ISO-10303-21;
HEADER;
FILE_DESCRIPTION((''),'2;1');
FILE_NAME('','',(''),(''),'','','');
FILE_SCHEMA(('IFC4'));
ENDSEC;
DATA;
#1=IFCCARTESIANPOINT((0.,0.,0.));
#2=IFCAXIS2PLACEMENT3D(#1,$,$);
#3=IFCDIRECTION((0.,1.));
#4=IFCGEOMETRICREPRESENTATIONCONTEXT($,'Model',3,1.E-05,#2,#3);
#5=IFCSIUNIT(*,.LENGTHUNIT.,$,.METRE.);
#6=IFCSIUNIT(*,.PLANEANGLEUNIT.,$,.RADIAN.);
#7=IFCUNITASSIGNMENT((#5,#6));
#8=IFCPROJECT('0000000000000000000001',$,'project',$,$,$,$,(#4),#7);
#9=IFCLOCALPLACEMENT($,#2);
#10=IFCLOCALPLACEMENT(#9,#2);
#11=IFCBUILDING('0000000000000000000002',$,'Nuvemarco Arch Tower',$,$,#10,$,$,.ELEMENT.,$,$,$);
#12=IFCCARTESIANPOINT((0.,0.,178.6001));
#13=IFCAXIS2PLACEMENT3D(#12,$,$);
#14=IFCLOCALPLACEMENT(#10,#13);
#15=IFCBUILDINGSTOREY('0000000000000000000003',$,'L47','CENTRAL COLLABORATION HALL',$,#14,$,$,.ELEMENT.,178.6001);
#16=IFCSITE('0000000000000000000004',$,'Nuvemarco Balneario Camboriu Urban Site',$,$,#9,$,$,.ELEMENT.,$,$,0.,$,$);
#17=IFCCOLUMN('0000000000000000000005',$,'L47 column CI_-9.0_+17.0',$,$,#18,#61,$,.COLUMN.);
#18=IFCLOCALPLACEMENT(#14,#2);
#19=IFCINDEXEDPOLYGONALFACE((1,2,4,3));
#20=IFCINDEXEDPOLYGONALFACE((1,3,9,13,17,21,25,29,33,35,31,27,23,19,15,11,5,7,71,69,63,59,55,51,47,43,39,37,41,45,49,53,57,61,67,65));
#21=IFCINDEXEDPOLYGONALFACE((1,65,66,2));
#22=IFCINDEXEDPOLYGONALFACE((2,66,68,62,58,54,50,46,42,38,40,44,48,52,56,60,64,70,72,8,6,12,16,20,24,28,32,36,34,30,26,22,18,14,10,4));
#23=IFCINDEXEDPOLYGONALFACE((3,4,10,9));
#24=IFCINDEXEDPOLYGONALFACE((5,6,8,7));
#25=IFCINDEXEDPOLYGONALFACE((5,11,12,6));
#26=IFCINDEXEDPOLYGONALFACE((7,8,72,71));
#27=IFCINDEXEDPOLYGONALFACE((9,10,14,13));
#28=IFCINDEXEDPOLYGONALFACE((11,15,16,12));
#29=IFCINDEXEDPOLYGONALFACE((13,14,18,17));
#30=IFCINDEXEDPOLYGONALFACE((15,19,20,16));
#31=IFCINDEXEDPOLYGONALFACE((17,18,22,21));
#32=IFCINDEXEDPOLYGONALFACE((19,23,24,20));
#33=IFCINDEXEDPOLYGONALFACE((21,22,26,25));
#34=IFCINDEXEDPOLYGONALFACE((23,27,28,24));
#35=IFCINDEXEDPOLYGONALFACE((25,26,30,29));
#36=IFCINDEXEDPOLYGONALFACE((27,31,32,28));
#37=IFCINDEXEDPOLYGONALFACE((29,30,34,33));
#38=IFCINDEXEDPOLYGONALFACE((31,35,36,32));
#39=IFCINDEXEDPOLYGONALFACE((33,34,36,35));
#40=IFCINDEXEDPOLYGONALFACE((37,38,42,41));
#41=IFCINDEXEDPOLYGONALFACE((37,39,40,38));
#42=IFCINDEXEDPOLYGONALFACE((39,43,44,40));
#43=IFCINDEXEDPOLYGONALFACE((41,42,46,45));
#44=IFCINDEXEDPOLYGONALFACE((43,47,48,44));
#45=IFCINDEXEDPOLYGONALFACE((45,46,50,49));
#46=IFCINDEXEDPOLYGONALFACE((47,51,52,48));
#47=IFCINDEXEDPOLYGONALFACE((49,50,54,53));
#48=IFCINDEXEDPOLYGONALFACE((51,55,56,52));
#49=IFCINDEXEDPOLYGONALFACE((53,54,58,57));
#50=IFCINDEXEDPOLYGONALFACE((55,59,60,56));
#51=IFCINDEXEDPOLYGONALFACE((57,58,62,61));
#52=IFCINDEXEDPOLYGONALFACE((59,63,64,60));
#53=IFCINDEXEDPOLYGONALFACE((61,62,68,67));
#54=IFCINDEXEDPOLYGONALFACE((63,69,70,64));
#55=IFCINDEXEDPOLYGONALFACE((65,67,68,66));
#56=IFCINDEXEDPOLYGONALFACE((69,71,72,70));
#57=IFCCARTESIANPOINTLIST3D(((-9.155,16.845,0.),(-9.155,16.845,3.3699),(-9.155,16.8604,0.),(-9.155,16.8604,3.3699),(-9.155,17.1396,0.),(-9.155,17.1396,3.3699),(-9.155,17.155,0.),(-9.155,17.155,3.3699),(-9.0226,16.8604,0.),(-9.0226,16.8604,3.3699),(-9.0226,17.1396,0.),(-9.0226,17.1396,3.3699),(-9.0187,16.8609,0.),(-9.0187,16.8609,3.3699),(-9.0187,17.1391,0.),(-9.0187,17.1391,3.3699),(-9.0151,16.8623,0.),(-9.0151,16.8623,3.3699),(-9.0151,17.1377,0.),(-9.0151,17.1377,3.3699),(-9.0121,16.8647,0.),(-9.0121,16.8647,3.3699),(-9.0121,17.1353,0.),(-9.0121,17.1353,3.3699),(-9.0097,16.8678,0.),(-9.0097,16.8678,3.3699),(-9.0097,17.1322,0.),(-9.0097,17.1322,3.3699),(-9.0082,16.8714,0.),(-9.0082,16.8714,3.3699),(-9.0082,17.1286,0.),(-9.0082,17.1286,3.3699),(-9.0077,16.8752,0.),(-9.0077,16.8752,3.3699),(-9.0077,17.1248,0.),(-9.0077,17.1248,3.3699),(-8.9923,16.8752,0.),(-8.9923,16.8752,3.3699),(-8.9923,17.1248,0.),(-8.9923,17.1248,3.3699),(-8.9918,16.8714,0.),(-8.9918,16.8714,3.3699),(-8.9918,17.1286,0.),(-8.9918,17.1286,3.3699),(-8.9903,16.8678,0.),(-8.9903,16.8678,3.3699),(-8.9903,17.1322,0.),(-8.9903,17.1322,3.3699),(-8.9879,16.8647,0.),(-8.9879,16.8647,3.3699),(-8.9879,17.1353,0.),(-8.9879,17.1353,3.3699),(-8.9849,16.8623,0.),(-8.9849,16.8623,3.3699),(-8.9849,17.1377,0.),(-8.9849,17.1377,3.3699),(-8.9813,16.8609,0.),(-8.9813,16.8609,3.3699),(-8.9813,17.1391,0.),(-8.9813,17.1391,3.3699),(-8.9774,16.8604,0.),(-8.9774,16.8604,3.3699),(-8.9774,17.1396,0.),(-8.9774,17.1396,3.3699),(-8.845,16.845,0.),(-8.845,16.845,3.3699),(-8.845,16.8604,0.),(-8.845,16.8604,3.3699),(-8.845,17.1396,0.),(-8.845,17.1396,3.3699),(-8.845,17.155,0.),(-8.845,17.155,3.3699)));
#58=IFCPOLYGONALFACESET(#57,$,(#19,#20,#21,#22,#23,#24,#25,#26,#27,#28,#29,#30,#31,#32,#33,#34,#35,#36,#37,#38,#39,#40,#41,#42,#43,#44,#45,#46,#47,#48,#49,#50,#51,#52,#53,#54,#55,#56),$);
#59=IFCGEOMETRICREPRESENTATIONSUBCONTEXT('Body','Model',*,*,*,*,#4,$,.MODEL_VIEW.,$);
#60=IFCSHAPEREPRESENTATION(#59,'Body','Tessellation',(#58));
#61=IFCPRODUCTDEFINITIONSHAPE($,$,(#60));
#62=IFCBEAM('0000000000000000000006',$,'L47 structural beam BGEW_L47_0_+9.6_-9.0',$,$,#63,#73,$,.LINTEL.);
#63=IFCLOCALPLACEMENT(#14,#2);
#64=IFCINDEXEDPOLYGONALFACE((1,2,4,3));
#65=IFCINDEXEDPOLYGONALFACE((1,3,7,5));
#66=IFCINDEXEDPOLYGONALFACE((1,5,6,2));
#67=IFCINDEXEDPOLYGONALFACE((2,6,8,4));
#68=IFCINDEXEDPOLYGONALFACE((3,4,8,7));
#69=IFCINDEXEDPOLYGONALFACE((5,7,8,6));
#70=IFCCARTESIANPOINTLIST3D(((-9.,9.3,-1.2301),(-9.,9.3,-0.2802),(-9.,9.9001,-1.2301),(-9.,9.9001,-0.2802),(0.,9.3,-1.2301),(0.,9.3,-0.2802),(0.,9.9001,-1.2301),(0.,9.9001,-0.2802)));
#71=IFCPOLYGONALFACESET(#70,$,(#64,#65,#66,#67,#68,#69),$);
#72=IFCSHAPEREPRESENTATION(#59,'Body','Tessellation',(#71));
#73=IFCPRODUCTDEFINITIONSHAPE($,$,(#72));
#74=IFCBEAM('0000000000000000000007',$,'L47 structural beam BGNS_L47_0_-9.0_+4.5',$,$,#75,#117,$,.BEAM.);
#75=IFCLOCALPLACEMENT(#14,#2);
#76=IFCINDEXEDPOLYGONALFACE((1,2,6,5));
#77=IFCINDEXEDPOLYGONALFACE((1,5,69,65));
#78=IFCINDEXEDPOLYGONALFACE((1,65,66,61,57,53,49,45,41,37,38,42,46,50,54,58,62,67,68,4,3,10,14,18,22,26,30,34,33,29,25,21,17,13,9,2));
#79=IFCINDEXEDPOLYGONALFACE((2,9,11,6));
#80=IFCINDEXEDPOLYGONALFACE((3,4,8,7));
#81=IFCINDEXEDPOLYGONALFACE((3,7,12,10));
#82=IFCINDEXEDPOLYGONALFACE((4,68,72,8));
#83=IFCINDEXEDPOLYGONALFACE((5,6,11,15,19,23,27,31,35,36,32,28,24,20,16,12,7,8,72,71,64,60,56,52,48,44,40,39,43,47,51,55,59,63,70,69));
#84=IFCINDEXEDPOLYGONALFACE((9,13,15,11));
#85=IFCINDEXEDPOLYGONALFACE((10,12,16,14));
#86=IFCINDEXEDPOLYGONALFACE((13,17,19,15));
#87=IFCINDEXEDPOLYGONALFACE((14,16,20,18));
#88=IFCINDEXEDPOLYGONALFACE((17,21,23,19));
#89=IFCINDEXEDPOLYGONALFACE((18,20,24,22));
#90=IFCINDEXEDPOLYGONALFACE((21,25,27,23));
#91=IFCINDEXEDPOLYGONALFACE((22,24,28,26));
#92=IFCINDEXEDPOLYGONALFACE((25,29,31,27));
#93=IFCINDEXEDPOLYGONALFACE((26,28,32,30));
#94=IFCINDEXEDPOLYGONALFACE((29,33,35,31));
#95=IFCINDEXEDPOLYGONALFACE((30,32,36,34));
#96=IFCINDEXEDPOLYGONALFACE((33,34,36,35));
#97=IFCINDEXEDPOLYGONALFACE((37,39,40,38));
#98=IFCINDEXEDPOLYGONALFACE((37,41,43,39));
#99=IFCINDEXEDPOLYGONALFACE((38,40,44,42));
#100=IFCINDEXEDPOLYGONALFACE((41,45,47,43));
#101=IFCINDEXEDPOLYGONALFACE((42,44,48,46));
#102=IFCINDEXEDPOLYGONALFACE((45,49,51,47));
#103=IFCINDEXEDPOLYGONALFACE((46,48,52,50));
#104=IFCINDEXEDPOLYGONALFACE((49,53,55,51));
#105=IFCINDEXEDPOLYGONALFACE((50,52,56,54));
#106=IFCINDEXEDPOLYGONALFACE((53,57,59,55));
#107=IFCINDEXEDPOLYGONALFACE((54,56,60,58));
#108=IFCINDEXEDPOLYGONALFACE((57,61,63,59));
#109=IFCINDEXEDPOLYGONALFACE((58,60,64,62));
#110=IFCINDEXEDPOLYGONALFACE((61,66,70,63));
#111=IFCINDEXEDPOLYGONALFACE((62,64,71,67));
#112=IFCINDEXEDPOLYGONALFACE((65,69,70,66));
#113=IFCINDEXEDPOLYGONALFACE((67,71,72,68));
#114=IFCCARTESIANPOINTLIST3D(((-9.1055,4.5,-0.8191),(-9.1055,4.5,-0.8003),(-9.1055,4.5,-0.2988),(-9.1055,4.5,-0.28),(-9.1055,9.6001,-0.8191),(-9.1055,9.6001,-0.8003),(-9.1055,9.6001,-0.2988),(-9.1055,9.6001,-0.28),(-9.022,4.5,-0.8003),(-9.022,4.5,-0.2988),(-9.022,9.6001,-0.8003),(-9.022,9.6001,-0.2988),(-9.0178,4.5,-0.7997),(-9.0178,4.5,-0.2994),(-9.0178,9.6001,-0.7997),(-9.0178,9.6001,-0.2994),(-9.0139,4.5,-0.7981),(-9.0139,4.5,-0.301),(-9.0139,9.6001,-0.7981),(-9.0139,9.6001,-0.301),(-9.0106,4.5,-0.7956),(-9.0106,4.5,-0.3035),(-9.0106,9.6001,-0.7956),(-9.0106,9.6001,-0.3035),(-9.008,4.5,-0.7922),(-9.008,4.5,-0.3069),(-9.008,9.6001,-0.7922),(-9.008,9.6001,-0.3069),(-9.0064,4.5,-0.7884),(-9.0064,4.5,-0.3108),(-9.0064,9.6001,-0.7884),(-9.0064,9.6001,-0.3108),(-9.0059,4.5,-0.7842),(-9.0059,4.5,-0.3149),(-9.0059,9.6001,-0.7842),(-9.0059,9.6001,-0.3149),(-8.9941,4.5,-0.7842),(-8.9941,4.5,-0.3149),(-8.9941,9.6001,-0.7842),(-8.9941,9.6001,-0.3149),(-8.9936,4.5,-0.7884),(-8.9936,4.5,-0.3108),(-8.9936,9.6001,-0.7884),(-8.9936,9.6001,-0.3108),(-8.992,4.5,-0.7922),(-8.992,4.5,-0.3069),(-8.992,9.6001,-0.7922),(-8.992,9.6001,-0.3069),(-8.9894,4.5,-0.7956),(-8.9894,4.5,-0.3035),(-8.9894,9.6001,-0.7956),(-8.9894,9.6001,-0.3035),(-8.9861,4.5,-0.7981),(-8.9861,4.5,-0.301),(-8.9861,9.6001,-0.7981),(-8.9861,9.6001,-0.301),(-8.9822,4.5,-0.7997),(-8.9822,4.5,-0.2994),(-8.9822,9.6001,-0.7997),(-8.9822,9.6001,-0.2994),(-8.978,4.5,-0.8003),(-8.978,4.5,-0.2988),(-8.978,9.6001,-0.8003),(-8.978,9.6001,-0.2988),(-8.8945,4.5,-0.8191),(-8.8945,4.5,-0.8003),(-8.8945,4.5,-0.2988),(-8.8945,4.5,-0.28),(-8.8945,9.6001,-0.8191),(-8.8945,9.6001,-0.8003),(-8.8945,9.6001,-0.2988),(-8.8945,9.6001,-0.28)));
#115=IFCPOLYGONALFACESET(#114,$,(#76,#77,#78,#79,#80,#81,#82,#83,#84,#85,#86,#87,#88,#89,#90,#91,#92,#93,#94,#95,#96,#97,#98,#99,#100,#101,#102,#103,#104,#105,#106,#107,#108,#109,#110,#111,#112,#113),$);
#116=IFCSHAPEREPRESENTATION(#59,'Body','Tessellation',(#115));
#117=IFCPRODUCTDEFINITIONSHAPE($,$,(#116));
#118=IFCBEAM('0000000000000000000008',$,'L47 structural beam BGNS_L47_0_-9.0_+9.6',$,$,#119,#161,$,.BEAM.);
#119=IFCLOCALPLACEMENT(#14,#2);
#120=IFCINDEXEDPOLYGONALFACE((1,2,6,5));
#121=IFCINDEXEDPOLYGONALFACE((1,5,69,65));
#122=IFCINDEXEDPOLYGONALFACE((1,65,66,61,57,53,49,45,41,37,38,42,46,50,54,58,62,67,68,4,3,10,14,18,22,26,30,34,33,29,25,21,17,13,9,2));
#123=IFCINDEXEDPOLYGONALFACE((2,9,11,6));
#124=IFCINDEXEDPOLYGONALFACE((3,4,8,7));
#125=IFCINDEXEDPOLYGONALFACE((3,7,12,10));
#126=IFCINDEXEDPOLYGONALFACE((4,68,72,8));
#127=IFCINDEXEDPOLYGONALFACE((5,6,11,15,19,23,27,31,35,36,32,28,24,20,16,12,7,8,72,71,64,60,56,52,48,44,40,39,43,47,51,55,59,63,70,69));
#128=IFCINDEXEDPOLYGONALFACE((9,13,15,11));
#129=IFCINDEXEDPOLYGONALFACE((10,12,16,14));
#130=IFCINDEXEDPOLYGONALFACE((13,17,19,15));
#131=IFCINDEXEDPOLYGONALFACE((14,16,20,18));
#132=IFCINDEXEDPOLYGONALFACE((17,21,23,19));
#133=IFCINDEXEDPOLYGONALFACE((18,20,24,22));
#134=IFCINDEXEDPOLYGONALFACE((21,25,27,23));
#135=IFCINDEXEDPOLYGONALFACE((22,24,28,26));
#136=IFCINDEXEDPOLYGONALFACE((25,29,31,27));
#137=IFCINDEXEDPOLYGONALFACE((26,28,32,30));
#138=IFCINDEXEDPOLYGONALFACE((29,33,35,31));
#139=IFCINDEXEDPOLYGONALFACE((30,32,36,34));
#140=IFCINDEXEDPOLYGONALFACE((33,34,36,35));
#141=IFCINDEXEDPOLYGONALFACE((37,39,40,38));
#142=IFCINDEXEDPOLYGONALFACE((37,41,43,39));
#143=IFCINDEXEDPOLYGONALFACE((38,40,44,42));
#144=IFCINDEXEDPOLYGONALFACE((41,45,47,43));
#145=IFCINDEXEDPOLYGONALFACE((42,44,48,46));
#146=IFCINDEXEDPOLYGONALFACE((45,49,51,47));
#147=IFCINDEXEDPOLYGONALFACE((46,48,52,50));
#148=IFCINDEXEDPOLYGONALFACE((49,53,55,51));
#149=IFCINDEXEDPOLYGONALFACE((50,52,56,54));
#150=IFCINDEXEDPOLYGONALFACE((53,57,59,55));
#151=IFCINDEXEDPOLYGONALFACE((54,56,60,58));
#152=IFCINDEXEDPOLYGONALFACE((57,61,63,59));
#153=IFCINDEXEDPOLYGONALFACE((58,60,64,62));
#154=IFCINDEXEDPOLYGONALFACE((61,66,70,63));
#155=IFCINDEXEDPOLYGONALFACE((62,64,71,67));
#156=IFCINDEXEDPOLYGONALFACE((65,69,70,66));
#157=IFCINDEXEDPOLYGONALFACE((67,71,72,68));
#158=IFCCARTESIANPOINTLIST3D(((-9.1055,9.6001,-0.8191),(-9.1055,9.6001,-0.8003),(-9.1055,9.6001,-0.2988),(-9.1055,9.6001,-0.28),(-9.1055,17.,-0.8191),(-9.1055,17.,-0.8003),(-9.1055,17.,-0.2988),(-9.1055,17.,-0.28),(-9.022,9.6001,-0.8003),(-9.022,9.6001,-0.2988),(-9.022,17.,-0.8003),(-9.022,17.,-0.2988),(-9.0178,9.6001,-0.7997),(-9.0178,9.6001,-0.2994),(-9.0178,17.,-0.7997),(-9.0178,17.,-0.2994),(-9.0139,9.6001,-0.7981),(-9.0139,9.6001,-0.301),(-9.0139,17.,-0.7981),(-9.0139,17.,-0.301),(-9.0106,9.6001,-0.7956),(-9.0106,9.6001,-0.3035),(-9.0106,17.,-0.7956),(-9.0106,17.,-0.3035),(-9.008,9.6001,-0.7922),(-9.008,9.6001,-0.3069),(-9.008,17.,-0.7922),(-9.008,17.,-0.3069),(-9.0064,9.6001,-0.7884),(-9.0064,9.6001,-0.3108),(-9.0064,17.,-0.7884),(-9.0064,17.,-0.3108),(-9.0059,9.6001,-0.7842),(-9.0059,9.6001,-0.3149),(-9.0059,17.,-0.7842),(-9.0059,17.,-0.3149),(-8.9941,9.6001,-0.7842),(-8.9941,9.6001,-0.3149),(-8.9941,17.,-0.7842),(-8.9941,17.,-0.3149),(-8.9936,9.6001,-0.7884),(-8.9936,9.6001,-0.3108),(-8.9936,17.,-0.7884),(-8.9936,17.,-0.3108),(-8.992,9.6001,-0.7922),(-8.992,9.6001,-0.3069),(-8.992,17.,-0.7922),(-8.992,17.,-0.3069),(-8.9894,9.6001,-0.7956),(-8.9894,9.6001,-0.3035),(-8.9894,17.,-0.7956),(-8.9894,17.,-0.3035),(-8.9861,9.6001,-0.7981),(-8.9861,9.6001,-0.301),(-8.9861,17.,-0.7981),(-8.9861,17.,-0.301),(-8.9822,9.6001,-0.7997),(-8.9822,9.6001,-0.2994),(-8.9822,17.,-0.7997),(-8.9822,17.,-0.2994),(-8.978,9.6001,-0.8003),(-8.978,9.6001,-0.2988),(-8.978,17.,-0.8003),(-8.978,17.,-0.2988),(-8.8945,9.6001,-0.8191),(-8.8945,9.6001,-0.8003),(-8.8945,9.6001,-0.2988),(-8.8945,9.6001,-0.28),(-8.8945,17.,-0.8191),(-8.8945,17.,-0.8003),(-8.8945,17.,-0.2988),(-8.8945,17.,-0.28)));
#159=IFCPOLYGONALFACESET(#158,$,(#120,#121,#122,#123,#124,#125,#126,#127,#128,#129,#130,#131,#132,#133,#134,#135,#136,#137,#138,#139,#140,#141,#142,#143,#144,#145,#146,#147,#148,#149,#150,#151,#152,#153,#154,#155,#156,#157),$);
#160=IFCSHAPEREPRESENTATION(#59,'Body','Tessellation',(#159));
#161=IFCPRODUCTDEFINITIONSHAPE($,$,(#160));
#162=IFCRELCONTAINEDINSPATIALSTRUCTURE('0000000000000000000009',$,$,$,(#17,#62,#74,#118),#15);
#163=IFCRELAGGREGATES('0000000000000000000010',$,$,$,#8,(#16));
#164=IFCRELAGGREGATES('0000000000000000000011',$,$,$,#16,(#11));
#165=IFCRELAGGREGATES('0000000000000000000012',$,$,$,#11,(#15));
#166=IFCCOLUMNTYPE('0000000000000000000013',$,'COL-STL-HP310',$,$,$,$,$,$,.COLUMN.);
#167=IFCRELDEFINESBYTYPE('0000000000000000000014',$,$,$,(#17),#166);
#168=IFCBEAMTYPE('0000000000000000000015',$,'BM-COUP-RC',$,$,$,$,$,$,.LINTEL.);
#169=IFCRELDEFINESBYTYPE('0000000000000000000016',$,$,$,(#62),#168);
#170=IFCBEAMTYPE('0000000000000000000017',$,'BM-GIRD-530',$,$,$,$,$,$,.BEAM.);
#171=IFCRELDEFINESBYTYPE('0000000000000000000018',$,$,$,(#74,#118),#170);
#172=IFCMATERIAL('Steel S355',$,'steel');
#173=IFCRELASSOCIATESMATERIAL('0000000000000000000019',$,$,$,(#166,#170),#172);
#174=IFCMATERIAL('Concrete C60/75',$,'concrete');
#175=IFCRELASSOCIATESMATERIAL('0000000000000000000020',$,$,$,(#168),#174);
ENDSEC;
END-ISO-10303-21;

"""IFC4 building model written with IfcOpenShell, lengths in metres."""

from ifc_helpers import new_model, si_unit, direction, frame, origin, origin_2d, place, context, subcontext, project, spatial, rectangle, i_section, extrude, material, material_profile, profile_set, type_object, element, save


model = new_model("IFC4")

# Units and contexts
model_context = context("Model", 3, precision=1e-05, world=origin(), true_north=direction((0.0, 1.0)))
body_context = subcontext(model_context, "Body", "Model", "MODEL_VIEW")
ifc_project = project(units=[si_unit("LENGTHUNIT", "METRE"), si_unit("PLANEANGLEUNIT", "RADIAN")], contexts=[model_context])

# Site, building, storey
site_placement = place(None, origin())
site = spatial("IfcSite", under=ifc_project, at=site_placement, Name="Nuvemarco Balneario Camboriu Urban Site", CompositionType="ELEMENT", RefElevation=0.0)
building_placement = place(site_placement, origin())
building = spatial("IfcBuilding", under=site, at=building_placement, Name="Nuvemarco Arch Tower", CompositionType="ELEMENT")
storey_placement = place(building_placement, frame((0.0, 0.0, 178.6001)))
storey = spatial("IfcBuildingStorey", under=building, at=storey_placement, Name="L47", Description="CENTRAL COLLABORATION HALL", CompositionType="ELEMENT", Elevation=178.6001)

# Column
ifc_material_1 = material(Name="Steel S355", Category="steel")
ifc_material_profile_1 = material_profile(ifc_material_1, i_section(OverallWidth=0.3101, OverallDepth=0.3101, WebThickness=0.0154, FlangeThickness=0.0154, FilletRadius=0.0149, at=origin_2d()), Name="HP310x110")
ifc_profile_set_1 = profile_set([ifc_material_profile_1], Name="Steel S355")
column_type_1 = type_object("IfcColumnType", Name="COL-STL-HP310", PredefinedType="COLUMN", material=ifc_profile_set_1)
column_placement = place(storey_placement, frame((-9.0, 17.0, 0.0), z_axis=(0.0, 0.0, 1.0), x_axis=(1.0, 0.0, 0.0)))
element("IfcColumn", 1, at=column_placement, inside=storey, type_object=column_type_1, Name="L47 column CI_-9.0_+17.0", PredefinedType="COLUMN", context=body_context, shape_type="SweptSolid", body=[
    extrude(i_section(OverallWidth=0.3101, OverallDepth=0.3101, WebThickness=0.0154, FlangeThickness=0.0154, FilletRadius=0.0149, at=origin_2d()), origin(), (0.0, 0.0, 1.0), 3.3699),
])

# Beams
ifc_material_2 = material(Name="Concrete C60/75", Category="concrete")
ifc_material_profile_2 = material_profile(ifc_material_2, rectangle(XDim=0.6001, YDim=0.95, at=origin_2d()), Name="RC-BM-600x950")
ifc_profile_set_2 = profile_set([ifc_material_profile_2], Name="Concrete C60/75")
beam_type_1 = type_object("IfcBeamType", Name="BM-COUP-RC", PredefinedType="LINTEL", material=ifc_profile_set_2)
beam_1_placement = place(storey_placement, frame((-9.0, 9.6001, -0.7551), z_axis=(1.0, 0.0, 0.0), x_axis=(0.0, 1.0, 0.0)))
element("IfcBeam", 2, at=beam_1_placement, inside=storey, type_object=beam_type_1, Name="L47 structural beam BGEW_L47_0_+9.6_-9.0", PredefinedType="LINTEL", context=body_context, shape_type="SweptSolid", body=[
    extrude(rectangle(XDim=0.6001, YDim=0.95, at=origin_2d()), origin(), (0.0, 0.0, 1.0), 9.0),
])
ifc_material_profile_3 = material_profile(ifc_material_1, i_section(OverallWidth=0.2109, OverallDepth=0.5391, WebThickness=0.0117, FlangeThickness=0.0188, FilletRadius=0.0161, at=origin_2d()), Name="W530x109")
ifc_profile_set_3 = profile_set([ifc_material_profile_3], Name="Steel S355")
beam_type_2 = type_object("IfcBeamType", Name="BM-GIRD-530", PredefinedType="BEAM", material=ifc_profile_set_3)
beam_2_placement = place(storey_placement, frame((-9.0, 4.5, -0.5496), z_axis=(0.0, 1.0, 0.0), x_axis=(-1.0, 0.0, 0.0)))
element("IfcBeam", 3, at=beam_2_placement, inside=storey, type_object=beam_type_2, Name="L47 structural beam BGNS_L47_0_-9.0_+4.5", PredefinedType="BEAM", context=body_context, shape_type="SweptSolid", body=[
    extrude(i_section(OverallWidth=0.2109, OverallDepth=0.5391, WebThickness=0.0117, FlangeThickness=0.0188, FilletRadius=0.0161, at=origin_2d()), origin(), (0.0, 0.0, 1.0), 5.1001),
])
beam_3_placement = place(storey_placement, frame((-9.0, 9.6001, -0.5496), z_axis=(0.0, 1.0, 0.0), x_axis=(-1.0, 0.0, 0.0)))
element("IfcBeam", 4, at=beam_3_placement, inside=storey, type_object=beam_type_2, Name="L47 structural beam BGNS_L47_0_-9.0_+9.6", PredefinedType="BEAM", context=body_context, shape_type="SweptSolid", body=[
    extrude(i_section(OverallWidth=0.2109, OverallDepth=0.5391, WebThickness=0.0117, FlangeThickness=0.0188, FilletRadius=0.0161, at=origin_2d()), origin(), (0.0, 0.0, 1.0), 7.3999),
])

save(model, "model.ifc")
